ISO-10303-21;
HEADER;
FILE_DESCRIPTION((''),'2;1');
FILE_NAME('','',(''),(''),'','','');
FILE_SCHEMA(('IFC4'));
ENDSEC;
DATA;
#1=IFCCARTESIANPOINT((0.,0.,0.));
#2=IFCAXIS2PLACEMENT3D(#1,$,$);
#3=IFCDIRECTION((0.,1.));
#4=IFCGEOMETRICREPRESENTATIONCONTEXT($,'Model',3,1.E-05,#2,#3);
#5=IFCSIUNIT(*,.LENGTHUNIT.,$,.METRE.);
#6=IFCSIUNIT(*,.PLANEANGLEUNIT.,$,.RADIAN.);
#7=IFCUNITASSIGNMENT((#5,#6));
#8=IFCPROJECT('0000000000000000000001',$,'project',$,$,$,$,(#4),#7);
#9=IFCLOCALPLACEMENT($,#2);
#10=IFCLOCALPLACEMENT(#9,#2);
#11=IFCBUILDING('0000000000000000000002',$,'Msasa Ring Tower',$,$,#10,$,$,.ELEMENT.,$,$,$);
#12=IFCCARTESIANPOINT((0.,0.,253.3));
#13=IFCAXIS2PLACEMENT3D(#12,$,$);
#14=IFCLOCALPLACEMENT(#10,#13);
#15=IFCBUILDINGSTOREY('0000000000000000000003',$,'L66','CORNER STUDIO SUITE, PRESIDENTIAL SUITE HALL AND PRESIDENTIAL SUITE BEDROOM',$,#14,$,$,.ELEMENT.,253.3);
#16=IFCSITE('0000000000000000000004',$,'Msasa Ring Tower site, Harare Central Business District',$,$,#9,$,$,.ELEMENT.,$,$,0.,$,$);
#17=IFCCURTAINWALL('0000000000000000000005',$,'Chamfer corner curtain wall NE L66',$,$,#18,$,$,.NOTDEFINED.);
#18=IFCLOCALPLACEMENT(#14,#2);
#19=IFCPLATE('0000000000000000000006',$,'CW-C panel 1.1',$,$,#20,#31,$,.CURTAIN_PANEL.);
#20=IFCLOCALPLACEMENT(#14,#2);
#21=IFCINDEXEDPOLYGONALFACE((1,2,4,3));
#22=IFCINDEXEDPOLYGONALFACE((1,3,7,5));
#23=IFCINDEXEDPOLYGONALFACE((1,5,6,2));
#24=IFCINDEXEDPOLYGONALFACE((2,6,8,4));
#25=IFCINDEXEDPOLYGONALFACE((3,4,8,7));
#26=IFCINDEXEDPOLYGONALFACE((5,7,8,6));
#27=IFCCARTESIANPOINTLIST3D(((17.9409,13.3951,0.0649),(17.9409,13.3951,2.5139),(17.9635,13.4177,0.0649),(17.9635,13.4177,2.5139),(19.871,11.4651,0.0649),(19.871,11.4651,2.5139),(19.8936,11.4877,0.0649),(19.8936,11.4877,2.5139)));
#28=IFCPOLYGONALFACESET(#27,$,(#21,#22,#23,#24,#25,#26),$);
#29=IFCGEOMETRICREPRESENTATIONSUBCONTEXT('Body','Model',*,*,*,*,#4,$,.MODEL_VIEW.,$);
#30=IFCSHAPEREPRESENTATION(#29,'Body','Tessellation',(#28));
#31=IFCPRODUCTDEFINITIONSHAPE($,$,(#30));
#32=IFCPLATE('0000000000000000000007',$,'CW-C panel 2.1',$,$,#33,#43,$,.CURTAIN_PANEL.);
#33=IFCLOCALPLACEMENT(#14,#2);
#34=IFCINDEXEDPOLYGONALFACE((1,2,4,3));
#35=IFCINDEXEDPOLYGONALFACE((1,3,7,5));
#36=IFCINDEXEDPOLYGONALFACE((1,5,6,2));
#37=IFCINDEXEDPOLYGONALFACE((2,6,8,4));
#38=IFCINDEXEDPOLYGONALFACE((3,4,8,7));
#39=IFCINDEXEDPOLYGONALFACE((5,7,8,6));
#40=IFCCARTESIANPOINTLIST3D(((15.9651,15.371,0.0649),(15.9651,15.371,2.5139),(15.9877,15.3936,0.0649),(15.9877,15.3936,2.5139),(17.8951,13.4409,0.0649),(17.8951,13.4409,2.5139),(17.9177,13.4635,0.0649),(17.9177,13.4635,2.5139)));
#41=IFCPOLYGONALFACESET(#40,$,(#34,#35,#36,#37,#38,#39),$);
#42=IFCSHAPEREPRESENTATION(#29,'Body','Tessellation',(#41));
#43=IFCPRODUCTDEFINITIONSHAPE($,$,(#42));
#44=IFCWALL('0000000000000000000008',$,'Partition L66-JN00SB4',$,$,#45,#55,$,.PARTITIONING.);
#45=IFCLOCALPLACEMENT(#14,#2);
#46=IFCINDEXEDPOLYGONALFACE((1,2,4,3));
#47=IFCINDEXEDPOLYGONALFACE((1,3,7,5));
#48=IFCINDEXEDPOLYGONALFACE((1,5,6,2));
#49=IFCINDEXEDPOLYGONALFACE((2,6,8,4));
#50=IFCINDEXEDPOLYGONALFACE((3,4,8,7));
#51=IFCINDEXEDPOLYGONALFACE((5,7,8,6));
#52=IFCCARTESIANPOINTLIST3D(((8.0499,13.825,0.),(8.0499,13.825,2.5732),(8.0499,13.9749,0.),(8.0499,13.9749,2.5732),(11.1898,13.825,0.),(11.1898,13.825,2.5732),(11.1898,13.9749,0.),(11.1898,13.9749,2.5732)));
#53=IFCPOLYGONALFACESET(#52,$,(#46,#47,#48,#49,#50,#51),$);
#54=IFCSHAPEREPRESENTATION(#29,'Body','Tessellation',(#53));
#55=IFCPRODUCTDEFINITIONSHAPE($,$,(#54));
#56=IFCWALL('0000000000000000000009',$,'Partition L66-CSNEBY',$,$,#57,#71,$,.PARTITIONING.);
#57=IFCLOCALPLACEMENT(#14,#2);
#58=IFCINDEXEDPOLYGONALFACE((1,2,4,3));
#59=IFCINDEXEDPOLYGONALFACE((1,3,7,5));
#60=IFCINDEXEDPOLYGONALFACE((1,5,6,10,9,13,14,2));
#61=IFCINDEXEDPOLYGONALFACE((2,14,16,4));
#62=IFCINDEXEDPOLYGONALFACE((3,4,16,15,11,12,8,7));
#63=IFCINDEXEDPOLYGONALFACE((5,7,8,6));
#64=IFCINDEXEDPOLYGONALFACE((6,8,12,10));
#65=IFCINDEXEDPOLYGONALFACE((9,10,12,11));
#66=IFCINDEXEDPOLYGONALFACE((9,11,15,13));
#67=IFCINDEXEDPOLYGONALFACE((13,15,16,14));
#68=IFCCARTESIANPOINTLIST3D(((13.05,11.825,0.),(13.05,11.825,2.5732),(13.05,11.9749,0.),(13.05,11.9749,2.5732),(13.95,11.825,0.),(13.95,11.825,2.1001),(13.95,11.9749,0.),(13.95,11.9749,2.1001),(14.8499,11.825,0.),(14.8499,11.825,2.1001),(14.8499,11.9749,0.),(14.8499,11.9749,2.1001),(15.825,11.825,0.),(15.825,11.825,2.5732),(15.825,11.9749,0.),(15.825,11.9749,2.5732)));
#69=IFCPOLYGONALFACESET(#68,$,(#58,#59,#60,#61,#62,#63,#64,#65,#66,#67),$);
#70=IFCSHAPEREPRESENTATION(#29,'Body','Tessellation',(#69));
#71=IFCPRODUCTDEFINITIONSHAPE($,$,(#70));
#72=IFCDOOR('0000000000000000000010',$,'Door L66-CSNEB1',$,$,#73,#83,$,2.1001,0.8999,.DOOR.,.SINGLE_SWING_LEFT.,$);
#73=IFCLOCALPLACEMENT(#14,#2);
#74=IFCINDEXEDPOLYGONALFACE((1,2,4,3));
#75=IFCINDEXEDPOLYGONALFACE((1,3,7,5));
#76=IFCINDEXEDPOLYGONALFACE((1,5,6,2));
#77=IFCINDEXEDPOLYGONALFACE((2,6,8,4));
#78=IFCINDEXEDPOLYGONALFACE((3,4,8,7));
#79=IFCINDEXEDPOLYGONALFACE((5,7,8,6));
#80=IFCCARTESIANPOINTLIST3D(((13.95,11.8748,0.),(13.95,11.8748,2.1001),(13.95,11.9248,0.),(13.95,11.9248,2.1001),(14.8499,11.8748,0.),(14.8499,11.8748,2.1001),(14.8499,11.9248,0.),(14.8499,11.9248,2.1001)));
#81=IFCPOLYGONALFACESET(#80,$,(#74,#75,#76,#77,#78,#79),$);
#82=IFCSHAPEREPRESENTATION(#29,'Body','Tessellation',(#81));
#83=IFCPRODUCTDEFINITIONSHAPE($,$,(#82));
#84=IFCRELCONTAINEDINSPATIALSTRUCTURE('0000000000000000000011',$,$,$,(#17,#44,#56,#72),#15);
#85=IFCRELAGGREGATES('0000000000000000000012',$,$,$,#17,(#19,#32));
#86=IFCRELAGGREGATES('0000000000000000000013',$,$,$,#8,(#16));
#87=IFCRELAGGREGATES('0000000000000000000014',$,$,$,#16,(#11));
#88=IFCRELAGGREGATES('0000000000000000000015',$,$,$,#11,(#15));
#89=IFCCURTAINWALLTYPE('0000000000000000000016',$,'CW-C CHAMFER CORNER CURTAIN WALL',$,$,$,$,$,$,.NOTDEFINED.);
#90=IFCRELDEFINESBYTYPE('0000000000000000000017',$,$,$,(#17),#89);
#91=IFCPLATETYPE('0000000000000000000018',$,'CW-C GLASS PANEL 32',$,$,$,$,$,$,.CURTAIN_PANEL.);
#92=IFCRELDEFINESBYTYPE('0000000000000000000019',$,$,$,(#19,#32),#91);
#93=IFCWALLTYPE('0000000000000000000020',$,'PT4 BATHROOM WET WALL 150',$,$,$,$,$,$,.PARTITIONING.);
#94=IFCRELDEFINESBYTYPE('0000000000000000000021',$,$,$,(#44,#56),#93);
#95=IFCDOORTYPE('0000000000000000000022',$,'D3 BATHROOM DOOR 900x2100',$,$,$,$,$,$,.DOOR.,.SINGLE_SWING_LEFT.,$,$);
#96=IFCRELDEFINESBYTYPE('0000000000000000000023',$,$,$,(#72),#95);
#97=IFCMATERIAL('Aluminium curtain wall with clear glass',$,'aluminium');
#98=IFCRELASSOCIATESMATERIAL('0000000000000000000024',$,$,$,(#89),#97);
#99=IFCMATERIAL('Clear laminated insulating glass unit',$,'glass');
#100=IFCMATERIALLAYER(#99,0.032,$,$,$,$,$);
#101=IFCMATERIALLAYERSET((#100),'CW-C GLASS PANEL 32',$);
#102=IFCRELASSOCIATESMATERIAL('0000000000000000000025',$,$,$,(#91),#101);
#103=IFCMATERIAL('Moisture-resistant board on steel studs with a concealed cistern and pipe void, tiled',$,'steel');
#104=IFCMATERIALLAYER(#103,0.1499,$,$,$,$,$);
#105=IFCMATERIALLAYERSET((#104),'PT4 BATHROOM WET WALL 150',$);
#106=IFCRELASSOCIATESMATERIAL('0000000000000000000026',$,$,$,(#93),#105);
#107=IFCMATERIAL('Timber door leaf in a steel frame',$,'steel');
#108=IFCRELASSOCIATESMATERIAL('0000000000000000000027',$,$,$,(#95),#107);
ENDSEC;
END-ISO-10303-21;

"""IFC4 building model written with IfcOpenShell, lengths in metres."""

from ifc_helpers import new_model, si_unit, direction, frame, frame_2d, origin, origin_2d, place, context, subcontext, project, spatial, rectangle, extrude, material, layer, layer_set, type_object, element, fill, aggregate, save


model = new_model("IFC4")

# Units and contexts
model_context = context("Model", 3, precision=1e-05, world=origin(), true_north=direction((0.0, 1.0)))
body_context = subcontext(model_context, "Body", "Model", "MODEL_VIEW")
ifc_project = project(units=[si_unit("LENGTHUNIT", "METRE"), si_unit("PLANEANGLEUNIT", "RADIAN")], contexts=[model_context])

# Site, building, storey
site_placement = place(None, origin())
site = spatial("IfcSite", under=ifc_project, at=site_placement, Name="Msasa Ring Tower site, Harare Central Business District", CompositionType="ELEMENT", RefElevation=0.0)
building_placement = place(site_placement, origin())
building = spatial("IfcBuilding", under=site, at=building_placement, Name="Msasa Ring Tower", CompositionType="ELEMENT")
storey_placement = place(building_placement, frame((0.0, 0.0, 253.3)))
storey = spatial("IfcBuildingStorey", under=building, at=storey_placement, Name="L66", Description="CORNER STUDIO SUITE, PRESIDENTIAL SUITE HALL AND PRESIDENTIAL SUITE BEDROOM", CompositionType="ELEMENT", Elevation=253.3)

# Curtain wall
ifc_material_1 = material(Name="Aluminium curtain wall with clear glass", Category="aluminium")
curtain_wall_type = type_object("IfcCurtainWallType", Name="CW-C CHAMFER CORNER CURTAIN WALL", PredefinedType="NOTDEFINED", material=ifc_material_1)
curtain_wall_1_placement = place(storey_placement, origin())
curtain_wall_1 = element("IfcCurtainWall", 1, at=curtain_wall_1_placement, inside=storey, type_object=curtain_wall_type, Name="Chamfer corner curtain wall NE L66", PredefinedType="NOTDEFINED")

# Plates
ifc_material_2 = material(Name="Clear laminated insulating glass unit", Category="glass")
ifc_layer_1 = layer(ifc_material_2, 0.032)
ifc_layer_set_1 = layer_set([ifc_layer_1], Name="CW-C GLASS PANEL 32")
plate_type = type_object("IfcPlateType", Name="CW-C GLASS PANEL 32", PredefinedType="CURTAIN_PANEL", material=ifc_layer_set_1)
plate_1_placement = place(storey_placement, frame((18.9172, 12.4414, 0.0649), z_axis=(0.0, 0.0, 1.0), x_axis=(-0.707107, 0.707107, 0.0)))
plate_1 = element("IfcPlate", 2, at=plate_1_placement, type_object=plate_type, Name="CW-C panel 1.1", PredefinedType="CURTAIN_PANEL", context=body_context, shape_type="SweptSolid", body=[
    extrude(rectangle(XDim=2.7295, YDim=0.032, at=origin_2d()), origin(), (0.0, 0.0, 1.0), 2.449),
])
plate_2_placement = place(storey_placement, frame((16.9414, 14.4172, 0.0649), z_axis=(0.0, 0.0, 1.0), x_axis=(-0.707107, 0.707107, 0.0)))
plate_2 = element("IfcPlate", 3, at=plate_2_placement, type_object=plate_type, Name="CW-C panel 2.1", PredefinedType="CURTAIN_PANEL", context=body_context, shape_type="SweptSolid", body=[
    extrude(rectangle(XDim=2.7295, YDim=0.032, at=origin_2d()), origin(), (0.0, 0.0, 1.0), 2.449),
])
aggregate(curtain_wall_1, [plate_1, plate_2])

# Wall
ifc_material_3 = material(Name="Moisture-resistant board on steel studs with a concealed cistern and pipe void, tiled", Category="steel")
ifc_layer_2 = layer(ifc_material_3, 0.1499)
ifc_layer_set_2 = layer_set([ifc_layer_2], Name="PT4 BATHROOM WET WALL 150")
wall_type = type_object("IfcWallType", Name="PT4 BATHROOM WET WALL 150", PredefinedType="PARTITIONING", material=ifc_layer_set_2)
wall_1_placement = place(storey_placement, frame((8.05, 13.8999, 0.0), z_axis=(0.0, 0.0, 1.0), x_axis=(1.0, 0.0, 0.0)))
element("IfcWall", 4, at=wall_1_placement, inside=storey, type_object=wall_type, Name="Partition L66-JN00SB4", PredefinedType="PARTITIONING", context=body_context, shape_type="SweptSolid", body=[
    extrude(rectangle(XDim=3.1399, YDim=0.1499, at=frame_2d((1.5698, 0.0))), origin(), (0.0, 0.0, 1.0), 2.5732),
])

# Wall, opening, door
wall_2_placement = place(storey_placement, frame((13.05, 11.8999, 0.0), z_axis=(0.0, 0.0, 1.0), x_axis=(1.0, 0.0, 0.0)))
wall_2 = element("IfcWall", 5, at=wall_2_placement, inside=storey, type_object=wall_type, Name="Partition L66-CSNEBY", PredefinedType="PARTITIONING", context=body_context, shape_type="SweptSolid", body=[
    extrude(rectangle(XDim=2.7749, YDim=0.1499, at=frame_2d((1.3875, 0.0))), origin(), (0.0, 0.0, 1.0), 2.5732),
])
opening_placement = place(wall_2_placement, frame((0.8999, 0.0, 0.0)))
opening = element("IfcOpeningElement", 6, at=opening_placement, cuts=wall_2, PredefinedType="OPENING", context=body_context, shape_type="SweptSolid", body=[
    extrude(rectangle(XDim=0.8999, YDim=2.1001, at=frame_2d((0.45, 1.05))), frame((0.0, 0.085, 0.0), z_axis=(0.0, -1.0, 0.0), x_axis=(1.0, 0.0, 0.0)), (0.0, 0.0, 1.0), 0.1699),
])
ifc_material_4 = material(Name="Timber door leaf in a steel frame", Category="steel")
door_type = type_object("IfcDoorType", Name="D3 BATHROOM DOOR 900x2100", OperationType="SINGLE_SWING_LEFT", PredefinedType="DOOR", material=ifc_material_4)
door_placement = place(opening_placement, origin())
door = element("IfcDoor", 7, at=door_placement, inside=storey, type_object=door_type, Name="Door L66-CSNEB1", OperationType="SINGLE_SWING_LEFT", OverallHeight=2.1001, OverallWidth=0.8999, PredefinedType="DOOR", context=body_context, shape_type="SweptSolid", body=[
    extrude(rectangle(XDim=0.8999, YDim=2.1001, at=frame_2d((0.45, 1.05))), frame((0.0, 0.0249, 0.0), z_axis=(0.0, -1.0, 0.0), x_axis=(1.0, 0.0, 0.0)), (0.0, 0.0, 1.0), 0.05),
])
fill(opening, door)

save(model, "model.ifc")
